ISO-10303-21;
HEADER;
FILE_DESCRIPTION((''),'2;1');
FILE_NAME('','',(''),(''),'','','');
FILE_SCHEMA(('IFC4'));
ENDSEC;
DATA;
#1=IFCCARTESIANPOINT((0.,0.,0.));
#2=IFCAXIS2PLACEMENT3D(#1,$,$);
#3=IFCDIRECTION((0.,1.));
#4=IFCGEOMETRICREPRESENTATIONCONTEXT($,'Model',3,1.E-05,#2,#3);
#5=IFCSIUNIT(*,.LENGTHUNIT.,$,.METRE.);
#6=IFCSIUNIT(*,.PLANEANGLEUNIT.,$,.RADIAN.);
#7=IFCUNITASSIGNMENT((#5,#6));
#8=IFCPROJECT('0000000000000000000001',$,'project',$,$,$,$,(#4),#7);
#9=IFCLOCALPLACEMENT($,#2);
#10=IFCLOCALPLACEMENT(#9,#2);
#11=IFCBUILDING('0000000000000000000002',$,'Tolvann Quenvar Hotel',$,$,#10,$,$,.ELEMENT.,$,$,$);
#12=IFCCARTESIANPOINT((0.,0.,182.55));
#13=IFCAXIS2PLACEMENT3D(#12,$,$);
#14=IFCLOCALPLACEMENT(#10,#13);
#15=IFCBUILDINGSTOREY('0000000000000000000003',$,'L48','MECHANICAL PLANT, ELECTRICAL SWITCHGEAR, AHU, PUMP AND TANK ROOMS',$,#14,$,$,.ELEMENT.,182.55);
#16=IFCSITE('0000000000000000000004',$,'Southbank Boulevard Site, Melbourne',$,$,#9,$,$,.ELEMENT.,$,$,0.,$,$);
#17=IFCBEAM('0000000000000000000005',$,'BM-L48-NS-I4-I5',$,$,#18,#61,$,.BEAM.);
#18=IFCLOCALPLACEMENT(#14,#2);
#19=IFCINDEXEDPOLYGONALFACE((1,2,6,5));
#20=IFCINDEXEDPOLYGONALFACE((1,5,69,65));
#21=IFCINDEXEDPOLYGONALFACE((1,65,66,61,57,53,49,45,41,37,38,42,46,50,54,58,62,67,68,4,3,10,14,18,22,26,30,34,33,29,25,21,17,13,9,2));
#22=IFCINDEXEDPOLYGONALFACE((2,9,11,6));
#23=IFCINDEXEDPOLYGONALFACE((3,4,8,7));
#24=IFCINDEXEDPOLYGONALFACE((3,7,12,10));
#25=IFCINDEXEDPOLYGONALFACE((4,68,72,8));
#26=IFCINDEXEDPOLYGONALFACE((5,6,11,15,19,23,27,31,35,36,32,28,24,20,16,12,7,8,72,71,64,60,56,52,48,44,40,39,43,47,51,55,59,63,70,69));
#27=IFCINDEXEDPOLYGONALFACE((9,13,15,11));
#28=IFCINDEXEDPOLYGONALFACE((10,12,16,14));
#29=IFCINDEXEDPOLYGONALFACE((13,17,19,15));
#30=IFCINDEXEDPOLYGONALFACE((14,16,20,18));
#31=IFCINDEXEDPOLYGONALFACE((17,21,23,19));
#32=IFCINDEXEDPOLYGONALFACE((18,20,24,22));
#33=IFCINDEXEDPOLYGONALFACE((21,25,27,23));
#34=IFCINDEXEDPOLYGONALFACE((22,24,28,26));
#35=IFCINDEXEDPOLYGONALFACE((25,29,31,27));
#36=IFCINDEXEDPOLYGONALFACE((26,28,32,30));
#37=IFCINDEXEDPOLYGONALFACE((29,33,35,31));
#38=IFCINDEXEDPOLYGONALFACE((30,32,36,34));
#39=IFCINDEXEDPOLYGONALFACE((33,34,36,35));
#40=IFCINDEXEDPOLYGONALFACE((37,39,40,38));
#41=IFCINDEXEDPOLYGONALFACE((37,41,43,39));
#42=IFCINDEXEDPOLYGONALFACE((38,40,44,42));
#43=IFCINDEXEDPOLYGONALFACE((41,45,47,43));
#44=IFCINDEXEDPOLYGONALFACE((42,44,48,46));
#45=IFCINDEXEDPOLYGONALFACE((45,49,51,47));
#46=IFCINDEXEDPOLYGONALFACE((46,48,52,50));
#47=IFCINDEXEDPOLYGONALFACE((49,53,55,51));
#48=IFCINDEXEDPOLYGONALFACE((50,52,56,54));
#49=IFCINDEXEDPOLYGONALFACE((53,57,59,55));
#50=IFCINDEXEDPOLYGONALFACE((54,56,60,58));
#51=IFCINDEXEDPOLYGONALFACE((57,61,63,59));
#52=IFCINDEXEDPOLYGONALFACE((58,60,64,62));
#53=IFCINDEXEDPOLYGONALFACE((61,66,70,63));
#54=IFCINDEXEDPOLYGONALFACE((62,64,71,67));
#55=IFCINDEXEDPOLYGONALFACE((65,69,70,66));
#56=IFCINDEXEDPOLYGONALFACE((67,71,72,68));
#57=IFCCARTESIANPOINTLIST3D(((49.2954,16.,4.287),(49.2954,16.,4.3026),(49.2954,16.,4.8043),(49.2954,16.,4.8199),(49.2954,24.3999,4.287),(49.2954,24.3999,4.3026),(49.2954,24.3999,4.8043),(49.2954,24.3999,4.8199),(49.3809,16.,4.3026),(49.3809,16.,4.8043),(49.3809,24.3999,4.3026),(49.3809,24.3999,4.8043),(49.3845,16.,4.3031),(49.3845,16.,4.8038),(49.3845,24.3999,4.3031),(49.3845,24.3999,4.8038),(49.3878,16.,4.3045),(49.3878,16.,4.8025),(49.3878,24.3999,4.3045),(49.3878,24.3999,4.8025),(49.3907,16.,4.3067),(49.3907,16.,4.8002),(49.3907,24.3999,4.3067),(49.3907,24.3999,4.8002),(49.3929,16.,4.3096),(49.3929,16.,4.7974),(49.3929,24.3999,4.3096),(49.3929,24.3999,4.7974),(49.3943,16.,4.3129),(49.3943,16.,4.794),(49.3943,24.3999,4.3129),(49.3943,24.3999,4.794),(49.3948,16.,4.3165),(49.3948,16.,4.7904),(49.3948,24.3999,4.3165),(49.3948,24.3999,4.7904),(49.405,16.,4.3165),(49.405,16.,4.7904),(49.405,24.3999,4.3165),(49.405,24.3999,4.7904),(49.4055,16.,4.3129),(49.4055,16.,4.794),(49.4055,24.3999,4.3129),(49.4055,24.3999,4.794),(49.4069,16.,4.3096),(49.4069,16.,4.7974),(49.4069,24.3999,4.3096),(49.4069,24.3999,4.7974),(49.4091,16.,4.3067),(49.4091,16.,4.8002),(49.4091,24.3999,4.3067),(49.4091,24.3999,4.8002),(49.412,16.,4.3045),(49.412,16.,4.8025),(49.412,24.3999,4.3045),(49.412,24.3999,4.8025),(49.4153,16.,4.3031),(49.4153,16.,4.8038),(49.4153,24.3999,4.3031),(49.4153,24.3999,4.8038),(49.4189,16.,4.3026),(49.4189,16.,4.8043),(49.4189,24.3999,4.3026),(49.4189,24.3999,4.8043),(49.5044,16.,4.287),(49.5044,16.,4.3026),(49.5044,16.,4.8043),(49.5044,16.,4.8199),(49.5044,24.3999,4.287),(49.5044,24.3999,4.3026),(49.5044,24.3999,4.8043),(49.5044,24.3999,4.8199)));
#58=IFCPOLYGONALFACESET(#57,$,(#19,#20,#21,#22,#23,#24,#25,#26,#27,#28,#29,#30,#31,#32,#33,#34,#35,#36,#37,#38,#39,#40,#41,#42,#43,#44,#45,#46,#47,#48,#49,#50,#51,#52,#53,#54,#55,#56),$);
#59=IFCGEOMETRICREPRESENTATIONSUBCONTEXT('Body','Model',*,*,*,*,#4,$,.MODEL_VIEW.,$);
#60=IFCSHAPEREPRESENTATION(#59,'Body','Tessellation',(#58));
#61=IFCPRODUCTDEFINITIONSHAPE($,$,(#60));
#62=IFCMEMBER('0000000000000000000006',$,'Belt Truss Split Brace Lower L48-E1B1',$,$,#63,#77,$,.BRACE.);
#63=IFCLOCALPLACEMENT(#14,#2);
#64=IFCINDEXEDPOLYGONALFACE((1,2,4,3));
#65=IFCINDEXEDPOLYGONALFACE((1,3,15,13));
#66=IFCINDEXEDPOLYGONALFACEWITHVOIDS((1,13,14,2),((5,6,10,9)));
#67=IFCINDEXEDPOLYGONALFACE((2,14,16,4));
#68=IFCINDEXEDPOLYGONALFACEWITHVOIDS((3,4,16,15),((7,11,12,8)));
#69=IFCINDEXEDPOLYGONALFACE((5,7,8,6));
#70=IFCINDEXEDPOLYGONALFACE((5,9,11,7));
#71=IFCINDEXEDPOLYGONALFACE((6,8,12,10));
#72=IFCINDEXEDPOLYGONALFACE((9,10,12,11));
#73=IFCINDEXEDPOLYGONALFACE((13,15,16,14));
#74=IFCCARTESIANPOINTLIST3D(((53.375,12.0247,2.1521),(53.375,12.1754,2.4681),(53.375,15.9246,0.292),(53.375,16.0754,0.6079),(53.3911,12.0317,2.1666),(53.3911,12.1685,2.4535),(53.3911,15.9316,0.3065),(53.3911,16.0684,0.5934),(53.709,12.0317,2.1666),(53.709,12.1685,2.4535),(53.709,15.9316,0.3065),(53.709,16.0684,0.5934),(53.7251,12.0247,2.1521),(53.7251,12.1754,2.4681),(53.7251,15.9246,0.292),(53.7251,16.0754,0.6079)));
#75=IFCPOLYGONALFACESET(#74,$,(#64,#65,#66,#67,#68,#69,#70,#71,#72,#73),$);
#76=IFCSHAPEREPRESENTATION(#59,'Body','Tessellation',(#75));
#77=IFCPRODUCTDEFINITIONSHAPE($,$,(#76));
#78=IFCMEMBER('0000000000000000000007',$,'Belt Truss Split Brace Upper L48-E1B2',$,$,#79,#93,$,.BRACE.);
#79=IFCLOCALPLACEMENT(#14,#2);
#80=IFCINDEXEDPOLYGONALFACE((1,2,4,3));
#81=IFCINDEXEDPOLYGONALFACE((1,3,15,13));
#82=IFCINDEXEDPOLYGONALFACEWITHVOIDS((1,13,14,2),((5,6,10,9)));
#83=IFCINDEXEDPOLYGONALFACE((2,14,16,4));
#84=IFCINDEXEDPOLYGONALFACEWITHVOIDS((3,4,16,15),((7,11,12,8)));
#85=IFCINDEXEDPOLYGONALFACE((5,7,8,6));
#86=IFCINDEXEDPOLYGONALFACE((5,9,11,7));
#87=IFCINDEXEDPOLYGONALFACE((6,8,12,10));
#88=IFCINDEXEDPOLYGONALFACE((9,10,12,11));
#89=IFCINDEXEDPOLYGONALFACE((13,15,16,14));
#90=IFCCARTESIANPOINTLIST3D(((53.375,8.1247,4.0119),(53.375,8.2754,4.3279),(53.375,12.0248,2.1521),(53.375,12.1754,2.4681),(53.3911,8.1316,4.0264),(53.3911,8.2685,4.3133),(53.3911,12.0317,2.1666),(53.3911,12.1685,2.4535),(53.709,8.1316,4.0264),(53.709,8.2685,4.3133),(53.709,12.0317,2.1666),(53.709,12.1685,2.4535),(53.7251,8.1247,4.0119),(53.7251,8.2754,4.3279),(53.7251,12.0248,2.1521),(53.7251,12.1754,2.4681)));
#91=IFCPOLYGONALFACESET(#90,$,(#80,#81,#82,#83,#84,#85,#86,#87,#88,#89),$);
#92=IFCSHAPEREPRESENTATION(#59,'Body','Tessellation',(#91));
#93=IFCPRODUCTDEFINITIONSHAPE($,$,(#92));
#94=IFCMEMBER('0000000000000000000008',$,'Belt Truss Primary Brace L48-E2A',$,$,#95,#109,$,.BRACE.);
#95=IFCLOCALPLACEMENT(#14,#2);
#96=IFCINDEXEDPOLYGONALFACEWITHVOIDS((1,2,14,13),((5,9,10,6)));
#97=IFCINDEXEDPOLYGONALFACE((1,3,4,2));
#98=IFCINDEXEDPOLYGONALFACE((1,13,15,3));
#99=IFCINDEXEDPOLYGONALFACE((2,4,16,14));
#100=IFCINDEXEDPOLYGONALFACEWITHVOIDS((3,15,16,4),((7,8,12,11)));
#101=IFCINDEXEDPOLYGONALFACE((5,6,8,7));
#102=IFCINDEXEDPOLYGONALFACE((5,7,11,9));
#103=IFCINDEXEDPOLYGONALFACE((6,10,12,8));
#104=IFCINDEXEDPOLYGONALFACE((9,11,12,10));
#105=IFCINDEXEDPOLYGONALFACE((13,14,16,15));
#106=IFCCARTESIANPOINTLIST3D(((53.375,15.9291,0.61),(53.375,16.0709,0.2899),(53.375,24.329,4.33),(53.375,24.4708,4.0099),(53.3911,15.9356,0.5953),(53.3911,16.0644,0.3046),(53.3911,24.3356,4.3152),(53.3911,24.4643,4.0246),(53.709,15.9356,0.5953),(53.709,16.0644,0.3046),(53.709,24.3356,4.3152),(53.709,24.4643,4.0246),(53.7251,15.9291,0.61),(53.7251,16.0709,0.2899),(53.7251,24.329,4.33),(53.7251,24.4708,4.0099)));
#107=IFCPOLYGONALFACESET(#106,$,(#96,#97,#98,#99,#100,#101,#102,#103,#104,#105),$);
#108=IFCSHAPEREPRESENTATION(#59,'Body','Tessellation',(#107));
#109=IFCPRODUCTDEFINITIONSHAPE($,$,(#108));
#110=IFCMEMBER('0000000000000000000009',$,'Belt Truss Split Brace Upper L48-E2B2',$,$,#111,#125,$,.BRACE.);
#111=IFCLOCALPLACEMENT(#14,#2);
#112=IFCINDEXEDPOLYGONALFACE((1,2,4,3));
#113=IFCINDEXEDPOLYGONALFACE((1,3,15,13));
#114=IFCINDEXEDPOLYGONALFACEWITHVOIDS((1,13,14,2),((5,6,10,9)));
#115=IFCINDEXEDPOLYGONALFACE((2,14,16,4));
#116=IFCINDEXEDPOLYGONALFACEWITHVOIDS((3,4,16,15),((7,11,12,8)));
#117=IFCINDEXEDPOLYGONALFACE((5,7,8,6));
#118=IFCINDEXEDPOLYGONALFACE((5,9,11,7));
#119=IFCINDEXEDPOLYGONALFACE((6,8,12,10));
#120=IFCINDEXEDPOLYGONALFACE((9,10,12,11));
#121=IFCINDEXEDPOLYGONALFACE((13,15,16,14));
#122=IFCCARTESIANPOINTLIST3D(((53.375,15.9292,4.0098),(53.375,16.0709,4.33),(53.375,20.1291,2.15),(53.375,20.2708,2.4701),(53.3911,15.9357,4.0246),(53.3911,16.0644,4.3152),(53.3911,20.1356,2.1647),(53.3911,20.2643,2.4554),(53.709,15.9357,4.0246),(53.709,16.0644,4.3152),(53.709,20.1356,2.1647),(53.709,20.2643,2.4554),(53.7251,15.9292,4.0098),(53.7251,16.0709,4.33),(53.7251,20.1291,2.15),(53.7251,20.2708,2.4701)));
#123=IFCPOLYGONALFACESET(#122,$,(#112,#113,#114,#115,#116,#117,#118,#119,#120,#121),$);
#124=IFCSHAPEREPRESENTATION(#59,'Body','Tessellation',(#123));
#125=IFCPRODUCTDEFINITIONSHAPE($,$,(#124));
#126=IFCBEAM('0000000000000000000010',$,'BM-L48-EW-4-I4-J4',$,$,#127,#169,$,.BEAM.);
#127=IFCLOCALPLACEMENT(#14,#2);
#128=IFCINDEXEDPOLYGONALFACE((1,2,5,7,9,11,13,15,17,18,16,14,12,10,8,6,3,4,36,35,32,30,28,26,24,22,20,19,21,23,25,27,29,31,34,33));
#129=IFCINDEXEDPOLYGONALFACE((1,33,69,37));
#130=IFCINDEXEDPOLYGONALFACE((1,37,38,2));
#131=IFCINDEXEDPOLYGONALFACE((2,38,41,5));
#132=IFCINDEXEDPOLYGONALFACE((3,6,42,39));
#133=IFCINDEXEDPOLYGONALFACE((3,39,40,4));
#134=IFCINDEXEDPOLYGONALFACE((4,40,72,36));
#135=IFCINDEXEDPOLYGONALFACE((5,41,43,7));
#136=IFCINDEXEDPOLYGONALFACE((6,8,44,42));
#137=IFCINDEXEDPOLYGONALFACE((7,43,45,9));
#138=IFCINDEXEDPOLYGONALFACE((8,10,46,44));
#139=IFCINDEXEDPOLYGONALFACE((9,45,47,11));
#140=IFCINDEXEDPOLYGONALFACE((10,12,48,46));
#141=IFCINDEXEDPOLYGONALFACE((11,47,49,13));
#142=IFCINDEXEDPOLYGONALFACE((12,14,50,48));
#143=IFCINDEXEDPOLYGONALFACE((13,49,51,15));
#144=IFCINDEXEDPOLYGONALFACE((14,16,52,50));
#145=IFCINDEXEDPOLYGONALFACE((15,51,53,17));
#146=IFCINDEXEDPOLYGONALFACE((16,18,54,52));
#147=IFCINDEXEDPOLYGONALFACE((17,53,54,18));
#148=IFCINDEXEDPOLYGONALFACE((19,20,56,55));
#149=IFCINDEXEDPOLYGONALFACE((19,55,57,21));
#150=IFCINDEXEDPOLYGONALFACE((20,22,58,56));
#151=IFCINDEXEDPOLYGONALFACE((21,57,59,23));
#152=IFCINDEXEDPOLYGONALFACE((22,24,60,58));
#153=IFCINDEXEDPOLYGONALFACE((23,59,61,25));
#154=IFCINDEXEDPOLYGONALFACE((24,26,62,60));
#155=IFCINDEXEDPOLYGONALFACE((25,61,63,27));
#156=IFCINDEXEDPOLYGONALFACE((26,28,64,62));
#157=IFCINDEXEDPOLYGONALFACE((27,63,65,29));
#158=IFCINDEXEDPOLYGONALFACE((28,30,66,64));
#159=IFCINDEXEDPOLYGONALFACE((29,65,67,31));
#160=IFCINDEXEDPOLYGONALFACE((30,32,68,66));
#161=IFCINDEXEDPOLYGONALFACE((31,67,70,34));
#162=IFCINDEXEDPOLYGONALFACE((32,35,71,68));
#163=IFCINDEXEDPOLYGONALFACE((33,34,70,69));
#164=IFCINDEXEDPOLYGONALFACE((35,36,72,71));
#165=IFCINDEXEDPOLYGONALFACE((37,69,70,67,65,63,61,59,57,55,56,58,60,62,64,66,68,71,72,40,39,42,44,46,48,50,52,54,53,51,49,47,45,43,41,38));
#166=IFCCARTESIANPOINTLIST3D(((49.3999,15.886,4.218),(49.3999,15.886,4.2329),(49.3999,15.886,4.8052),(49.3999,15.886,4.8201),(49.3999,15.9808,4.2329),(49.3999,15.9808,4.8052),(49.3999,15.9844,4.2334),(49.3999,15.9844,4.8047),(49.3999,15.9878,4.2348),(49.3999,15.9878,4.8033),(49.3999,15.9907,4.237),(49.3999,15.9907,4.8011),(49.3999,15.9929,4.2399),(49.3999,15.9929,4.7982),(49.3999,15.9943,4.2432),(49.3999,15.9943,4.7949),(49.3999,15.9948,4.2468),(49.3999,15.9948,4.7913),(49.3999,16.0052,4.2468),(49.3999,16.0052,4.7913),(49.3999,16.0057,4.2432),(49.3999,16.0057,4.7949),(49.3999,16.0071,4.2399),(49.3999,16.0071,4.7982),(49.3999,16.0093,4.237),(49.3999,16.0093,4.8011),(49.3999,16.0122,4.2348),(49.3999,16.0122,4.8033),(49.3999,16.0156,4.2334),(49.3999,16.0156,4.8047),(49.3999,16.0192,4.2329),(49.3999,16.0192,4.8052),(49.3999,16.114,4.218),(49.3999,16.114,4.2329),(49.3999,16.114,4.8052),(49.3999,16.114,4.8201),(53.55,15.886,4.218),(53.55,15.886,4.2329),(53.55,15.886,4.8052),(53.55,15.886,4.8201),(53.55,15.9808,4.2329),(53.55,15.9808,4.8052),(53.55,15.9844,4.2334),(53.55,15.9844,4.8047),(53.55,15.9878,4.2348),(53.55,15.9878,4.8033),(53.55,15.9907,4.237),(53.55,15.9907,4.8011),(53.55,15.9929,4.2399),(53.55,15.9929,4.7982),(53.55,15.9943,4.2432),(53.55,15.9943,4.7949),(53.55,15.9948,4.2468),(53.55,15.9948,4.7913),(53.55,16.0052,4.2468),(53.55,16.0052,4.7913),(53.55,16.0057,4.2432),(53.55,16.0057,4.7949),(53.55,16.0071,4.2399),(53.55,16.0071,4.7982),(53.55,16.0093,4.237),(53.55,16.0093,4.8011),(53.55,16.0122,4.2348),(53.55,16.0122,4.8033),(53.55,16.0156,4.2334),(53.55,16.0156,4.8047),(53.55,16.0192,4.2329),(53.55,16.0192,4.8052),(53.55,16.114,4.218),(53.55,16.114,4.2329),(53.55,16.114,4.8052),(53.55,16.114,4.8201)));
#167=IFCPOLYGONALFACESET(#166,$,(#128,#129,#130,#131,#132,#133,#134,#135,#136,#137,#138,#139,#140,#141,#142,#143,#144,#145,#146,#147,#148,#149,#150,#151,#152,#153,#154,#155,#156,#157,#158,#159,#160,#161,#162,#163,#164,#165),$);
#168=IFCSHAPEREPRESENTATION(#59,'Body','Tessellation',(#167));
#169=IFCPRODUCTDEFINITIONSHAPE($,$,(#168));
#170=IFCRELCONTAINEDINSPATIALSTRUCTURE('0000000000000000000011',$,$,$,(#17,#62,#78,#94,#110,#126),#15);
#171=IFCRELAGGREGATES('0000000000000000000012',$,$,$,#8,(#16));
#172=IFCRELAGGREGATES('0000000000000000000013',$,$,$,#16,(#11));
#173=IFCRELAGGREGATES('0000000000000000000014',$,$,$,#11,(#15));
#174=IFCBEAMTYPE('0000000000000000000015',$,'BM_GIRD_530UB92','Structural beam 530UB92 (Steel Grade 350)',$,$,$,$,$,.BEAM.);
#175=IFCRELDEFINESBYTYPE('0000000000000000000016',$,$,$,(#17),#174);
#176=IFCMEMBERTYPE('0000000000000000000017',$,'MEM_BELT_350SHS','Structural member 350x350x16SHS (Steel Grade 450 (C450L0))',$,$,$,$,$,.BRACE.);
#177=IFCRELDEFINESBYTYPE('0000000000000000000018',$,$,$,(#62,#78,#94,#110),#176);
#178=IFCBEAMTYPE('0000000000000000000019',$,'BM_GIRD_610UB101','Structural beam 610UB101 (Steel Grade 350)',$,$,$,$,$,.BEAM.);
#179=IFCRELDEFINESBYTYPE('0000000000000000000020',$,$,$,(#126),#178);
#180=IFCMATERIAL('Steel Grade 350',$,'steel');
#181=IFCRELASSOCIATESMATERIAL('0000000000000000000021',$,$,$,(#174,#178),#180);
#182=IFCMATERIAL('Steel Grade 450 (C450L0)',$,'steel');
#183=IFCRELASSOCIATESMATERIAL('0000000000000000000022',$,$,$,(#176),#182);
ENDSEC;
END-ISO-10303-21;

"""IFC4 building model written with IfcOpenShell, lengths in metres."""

from ifc_helpers import new_model, si_unit, direction, frame, origin, origin_2d, place, context, subcontext, project, spatial, hollow_rectangle, i_section, extrude, source, transform, mapped, material, material_profile, profile_set, type_object, type_shapes, element, save


model = new_model("IFC4")

# Units and contexts
model_context = context("Model", 3, precision=1e-05, world=origin(), true_north=direction((0.0, 1.0)))
body_context = subcontext(model_context, "Body", "Model", "MODEL_VIEW")
ifc_project = project(units=[si_unit("LENGTHUNIT", "METRE"), si_unit("PLANEANGLEUNIT", "RADIAN")], contexts=[model_context])

# Site, building, storey
site_placement = place(None, origin())
site = spatial("IfcSite", under=ifc_project, at=site_placement, Name="Southbank Boulevard Site, Melbourne", CompositionType="ELEMENT", RefElevation=0.0)
building_placement = place(site_placement, origin())
building = spatial("IfcBuilding", under=site, at=building_placement, Name="Tolvann Quenvar Hotel", CompositionType="ELEMENT")
storey_placement = place(building_placement, frame((0.0, 0.0, 182.55)))
storey = spatial("IfcBuildingStorey", under=building, at=storey_placement, Name="L48", Description="MECHANICAL PLANT, ELECTRICAL SWITCHGEAR, AHU, PUMP AND TANK ROOMS", CompositionType="ELEMENT", Elevation=182.55)

# Shared definitions
ifc_material_1 = material(Name="Steel Grade 350", Category="steel")

# Beam
ifc_material_profile_1 = material_profile(ifc_material_1, i_section(OverallWidth=0.209, OverallDepth=0.533, WebThickness=0.0103, FlangeThickness=0.0156, FilletRadius=0.0139, at=origin_2d()), Name="530UB92")
ifc_profile_set_1 = profile_set([ifc_material_profile_1], Name="Steel Grade 350")
beam_type_1 = type_object("IfcBeamType", Name="BM_GIRD_530UB92", Description="Structural beam 530UB92 (Steel Grade 350)", PredefinedType="BEAM", material=ifc_profile_set_1)
shared_shape_1 = source(origin(), body_context, "Body", "SweptSolid", [
    extrude(i_section(OverallWidth=0.209, OverallDepth=0.533, WebThickness=0.0103, FlangeThickness=0.0156, FilletRadius=0.0139, at=origin_2d()), origin(), (0.0, 0.0, 1.0), 8.3999),
])
type_shapes(beam_type_1, [shared_shape_1])
for number, where, z_axis, x_axis, name in (
    (1, (49.3999, 16.0, 4.5535), (0.0, 1.0, 0.0), (-1.0, 0.0, 0.0), "BM-L48-NS-I4-I5"),
):
    element("IfcBeam", number, at=place(storey_placement, frame(where, z_axis=z_axis, x_axis=x_axis)), inside=storey, type_object=beam_type_1, Name=name, PredefinedType="BEAM", context=body_context, shape_type="MappedRepresentation", body=[
        mapped(shared_shape_1, transform((0.0, 0.0, 0.0), x_axis=(1.0, 0.0, 0.0), y_axis=(0.0, 1.0, 0.0), z_axis=(0.0, 0.0, 1.0), scale=1.0)),
    ])

# Members
ifc_material_2 = material(Name="Steel Grade 450 (C450L0)", Category="steel")
ifc_material_profile_2 = material_profile(ifc_material_2, hollow_rectangle(XDim=0.3501, YDim=0.3501, WallThickness=0.0161, at=origin_2d()), Name="350x350x16SHS")
ifc_profile_set_2 = profile_set([ifc_material_profile_2], Name="Steel Grade 450 (C450L0)")
member_type = type_object("IfcMemberType", Name="MEM_BELT_350SHS", Description="Structural member 350x350x16SHS (Steel Grade 450 (C450L0))", PredefinedType="BRACE", material=ifc_profile_set_2)
shared_shape_2 = source(origin(), body_context, "Body", "SweptSolid", [
    extrude(hollow_rectangle(XDim=0.3501, YDim=0.3501, WallThickness=0.0161, at=origin_2d()), origin(), (0.0, 0.0, 1.0), 4.3208),
])
for number, where, z_axis, x_axis, name in (
    (2, (53.55, 16.0, 0.45), (0.0, -0.90259, 0.430502), (1.0, 0.0, 0.0), "Belt Truss Split Brace Lower L48-E1B1"),
    (3, (53.55, 12.1001, 2.3101), (0.0, -0.902622, 0.430434), (1.0, 0.0, 0.0), "Belt Truss Split Brace Upper L48-E1B2"),
):
    element("IfcMember", number, at=place(storey_placement, frame(where, z_axis=z_axis, x_axis=x_axis)), inside=storey, type_object=member_type, Name=name, PredefinedType="BRACE", context=body_context, shape_type="MappedRepresentation", body=[
        mapped(shared_shape_2, transform((0.0, 0.0, 0.0), x_axis=(1.0, 0.0, 0.0), y_axis=(0.0, 1.0, 0.0), z_axis=(0.0, 0.0, 1.0), scale=1.0)),
    ])
shared_shape_3 = source(origin(), body_context, "Body", "SweptSolid", [
    extrude(hollow_rectangle(XDim=0.3501, YDim=0.3501, WallThickness=0.0161, at=origin_2d()), origin(), (0.0, 0.0, 1.0), 9.1868),
])
member_1_placement = place(storey_placement, frame((53.55, 16.0, 0.45), z_axis=(0.0, 0.914349, 0.404927), x_axis=(-1.0, 0.0, 0.0)))
element("IfcMember", 4, at=member_1_placement, inside=storey, type_object=member_type, Name="Belt Truss Primary Brace L48-E2A", PredefinedType="BRACE", context=body_context, shape_type="MappedRepresentation", body=[
    mapped(shared_shape_3, transform((0.0, 0.0, 0.0), x_axis=(1.0, 0.0, 0.0), y_axis=(0.0, 1.0, 0.0), z_axis=(0.0, 0.0, 1.0), scale=1.0)),
])
shared_shape_4 = source(origin(), body_context, "Body", "SweptSolid", [
    extrude(hollow_rectangle(XDim=0.3501, YDim=0.3501, WallThickness=0.0161, at=origin_2d()), origin(), (0.0, 0.0, 1.0), 4.5933),
])
type_shapes(member_type, [shared_shape_2, shared_shape_3, shared_shape_4])
member_2_placement = place(storey_placement, frame((53.55, 20.2, 2.3101), z_axis=(0.0, -0.914359, 0.404905), x_axis=(1.0, 0.0, 0.0)))
element("IfcMember", 5, at=member_2_placement, inside=storey, type_object=member_type, Name="Belt Truss Split Brace Upper L48-E2B2", PredefinedType="BRACE", context=body_context, shape_type="MappedRepresentation", body=[
    mapped(shared_shape_4, transform((0.0, 0.0, 0.0), x_axis=(1.0, 0.0, 0.0), y_axis=(0.0, 1.0, 0.0), z_axis=(0.0, 0.0, 1.0), scale=1.0)),
])

# Beam
ifc_material_profile_3 = material_profile(ifc_material_1, i_section(OverallWidth=0.228, OverallDepth=0.6021, WebThickness=0.0105, FlangeThickness=0.0149, FilletRadius=0.0139, at=origin_2d()), Name="610UB101")
ifc_profile_set_3 = profile_set([ifc_material_profile_3], Name="Steel Grade 350")
beam_type_2 = type_object("IfcBeamType", Name="BM_GIRD_610UB101", Description="Structural beam 610UB101 (Steel Grade 350)", PredefinedType="BEAM", material=ifc_profile_set_3)
shared_shape_5 = source(origin(), body_context, "Body", "SweptSolid", [
    extrude(i_section(OverallWidth=0.228, OverallDepth=0.6021, WebThickness=0.0105, FlangeThickness=0.0149, FilletRadius=0.0139, at=origin_2d()), origin(), (0.0, 0.0, 1.0), 4.1501),
])
beam_1_placement = place(storey_placement, frame((49.3999, 16.0, 4.519), z_axis=(1.0, 0.0, 0.0), x_axis=(0.0, 1.0, 0.0)))
element("IfcBeam", 6, at=beam_1_placement, inside=storey, type_object=beam_type_2, Name="BM-L48-EW-4-I4-J4", PredefinedType="BEAM", context=body_context, shape_type="MappedRepresentation", body=[
    mapped(shared_shape_5, transform((0.0, 0.0, 0.0), x_axis=(1.0, 0.0, 0.0), y_axis=(0.0, 1.0, 0.0), z_axis=(0.0, 0.0, 1.0), scale=1.0)),
])

save(model, "model.ifc")
